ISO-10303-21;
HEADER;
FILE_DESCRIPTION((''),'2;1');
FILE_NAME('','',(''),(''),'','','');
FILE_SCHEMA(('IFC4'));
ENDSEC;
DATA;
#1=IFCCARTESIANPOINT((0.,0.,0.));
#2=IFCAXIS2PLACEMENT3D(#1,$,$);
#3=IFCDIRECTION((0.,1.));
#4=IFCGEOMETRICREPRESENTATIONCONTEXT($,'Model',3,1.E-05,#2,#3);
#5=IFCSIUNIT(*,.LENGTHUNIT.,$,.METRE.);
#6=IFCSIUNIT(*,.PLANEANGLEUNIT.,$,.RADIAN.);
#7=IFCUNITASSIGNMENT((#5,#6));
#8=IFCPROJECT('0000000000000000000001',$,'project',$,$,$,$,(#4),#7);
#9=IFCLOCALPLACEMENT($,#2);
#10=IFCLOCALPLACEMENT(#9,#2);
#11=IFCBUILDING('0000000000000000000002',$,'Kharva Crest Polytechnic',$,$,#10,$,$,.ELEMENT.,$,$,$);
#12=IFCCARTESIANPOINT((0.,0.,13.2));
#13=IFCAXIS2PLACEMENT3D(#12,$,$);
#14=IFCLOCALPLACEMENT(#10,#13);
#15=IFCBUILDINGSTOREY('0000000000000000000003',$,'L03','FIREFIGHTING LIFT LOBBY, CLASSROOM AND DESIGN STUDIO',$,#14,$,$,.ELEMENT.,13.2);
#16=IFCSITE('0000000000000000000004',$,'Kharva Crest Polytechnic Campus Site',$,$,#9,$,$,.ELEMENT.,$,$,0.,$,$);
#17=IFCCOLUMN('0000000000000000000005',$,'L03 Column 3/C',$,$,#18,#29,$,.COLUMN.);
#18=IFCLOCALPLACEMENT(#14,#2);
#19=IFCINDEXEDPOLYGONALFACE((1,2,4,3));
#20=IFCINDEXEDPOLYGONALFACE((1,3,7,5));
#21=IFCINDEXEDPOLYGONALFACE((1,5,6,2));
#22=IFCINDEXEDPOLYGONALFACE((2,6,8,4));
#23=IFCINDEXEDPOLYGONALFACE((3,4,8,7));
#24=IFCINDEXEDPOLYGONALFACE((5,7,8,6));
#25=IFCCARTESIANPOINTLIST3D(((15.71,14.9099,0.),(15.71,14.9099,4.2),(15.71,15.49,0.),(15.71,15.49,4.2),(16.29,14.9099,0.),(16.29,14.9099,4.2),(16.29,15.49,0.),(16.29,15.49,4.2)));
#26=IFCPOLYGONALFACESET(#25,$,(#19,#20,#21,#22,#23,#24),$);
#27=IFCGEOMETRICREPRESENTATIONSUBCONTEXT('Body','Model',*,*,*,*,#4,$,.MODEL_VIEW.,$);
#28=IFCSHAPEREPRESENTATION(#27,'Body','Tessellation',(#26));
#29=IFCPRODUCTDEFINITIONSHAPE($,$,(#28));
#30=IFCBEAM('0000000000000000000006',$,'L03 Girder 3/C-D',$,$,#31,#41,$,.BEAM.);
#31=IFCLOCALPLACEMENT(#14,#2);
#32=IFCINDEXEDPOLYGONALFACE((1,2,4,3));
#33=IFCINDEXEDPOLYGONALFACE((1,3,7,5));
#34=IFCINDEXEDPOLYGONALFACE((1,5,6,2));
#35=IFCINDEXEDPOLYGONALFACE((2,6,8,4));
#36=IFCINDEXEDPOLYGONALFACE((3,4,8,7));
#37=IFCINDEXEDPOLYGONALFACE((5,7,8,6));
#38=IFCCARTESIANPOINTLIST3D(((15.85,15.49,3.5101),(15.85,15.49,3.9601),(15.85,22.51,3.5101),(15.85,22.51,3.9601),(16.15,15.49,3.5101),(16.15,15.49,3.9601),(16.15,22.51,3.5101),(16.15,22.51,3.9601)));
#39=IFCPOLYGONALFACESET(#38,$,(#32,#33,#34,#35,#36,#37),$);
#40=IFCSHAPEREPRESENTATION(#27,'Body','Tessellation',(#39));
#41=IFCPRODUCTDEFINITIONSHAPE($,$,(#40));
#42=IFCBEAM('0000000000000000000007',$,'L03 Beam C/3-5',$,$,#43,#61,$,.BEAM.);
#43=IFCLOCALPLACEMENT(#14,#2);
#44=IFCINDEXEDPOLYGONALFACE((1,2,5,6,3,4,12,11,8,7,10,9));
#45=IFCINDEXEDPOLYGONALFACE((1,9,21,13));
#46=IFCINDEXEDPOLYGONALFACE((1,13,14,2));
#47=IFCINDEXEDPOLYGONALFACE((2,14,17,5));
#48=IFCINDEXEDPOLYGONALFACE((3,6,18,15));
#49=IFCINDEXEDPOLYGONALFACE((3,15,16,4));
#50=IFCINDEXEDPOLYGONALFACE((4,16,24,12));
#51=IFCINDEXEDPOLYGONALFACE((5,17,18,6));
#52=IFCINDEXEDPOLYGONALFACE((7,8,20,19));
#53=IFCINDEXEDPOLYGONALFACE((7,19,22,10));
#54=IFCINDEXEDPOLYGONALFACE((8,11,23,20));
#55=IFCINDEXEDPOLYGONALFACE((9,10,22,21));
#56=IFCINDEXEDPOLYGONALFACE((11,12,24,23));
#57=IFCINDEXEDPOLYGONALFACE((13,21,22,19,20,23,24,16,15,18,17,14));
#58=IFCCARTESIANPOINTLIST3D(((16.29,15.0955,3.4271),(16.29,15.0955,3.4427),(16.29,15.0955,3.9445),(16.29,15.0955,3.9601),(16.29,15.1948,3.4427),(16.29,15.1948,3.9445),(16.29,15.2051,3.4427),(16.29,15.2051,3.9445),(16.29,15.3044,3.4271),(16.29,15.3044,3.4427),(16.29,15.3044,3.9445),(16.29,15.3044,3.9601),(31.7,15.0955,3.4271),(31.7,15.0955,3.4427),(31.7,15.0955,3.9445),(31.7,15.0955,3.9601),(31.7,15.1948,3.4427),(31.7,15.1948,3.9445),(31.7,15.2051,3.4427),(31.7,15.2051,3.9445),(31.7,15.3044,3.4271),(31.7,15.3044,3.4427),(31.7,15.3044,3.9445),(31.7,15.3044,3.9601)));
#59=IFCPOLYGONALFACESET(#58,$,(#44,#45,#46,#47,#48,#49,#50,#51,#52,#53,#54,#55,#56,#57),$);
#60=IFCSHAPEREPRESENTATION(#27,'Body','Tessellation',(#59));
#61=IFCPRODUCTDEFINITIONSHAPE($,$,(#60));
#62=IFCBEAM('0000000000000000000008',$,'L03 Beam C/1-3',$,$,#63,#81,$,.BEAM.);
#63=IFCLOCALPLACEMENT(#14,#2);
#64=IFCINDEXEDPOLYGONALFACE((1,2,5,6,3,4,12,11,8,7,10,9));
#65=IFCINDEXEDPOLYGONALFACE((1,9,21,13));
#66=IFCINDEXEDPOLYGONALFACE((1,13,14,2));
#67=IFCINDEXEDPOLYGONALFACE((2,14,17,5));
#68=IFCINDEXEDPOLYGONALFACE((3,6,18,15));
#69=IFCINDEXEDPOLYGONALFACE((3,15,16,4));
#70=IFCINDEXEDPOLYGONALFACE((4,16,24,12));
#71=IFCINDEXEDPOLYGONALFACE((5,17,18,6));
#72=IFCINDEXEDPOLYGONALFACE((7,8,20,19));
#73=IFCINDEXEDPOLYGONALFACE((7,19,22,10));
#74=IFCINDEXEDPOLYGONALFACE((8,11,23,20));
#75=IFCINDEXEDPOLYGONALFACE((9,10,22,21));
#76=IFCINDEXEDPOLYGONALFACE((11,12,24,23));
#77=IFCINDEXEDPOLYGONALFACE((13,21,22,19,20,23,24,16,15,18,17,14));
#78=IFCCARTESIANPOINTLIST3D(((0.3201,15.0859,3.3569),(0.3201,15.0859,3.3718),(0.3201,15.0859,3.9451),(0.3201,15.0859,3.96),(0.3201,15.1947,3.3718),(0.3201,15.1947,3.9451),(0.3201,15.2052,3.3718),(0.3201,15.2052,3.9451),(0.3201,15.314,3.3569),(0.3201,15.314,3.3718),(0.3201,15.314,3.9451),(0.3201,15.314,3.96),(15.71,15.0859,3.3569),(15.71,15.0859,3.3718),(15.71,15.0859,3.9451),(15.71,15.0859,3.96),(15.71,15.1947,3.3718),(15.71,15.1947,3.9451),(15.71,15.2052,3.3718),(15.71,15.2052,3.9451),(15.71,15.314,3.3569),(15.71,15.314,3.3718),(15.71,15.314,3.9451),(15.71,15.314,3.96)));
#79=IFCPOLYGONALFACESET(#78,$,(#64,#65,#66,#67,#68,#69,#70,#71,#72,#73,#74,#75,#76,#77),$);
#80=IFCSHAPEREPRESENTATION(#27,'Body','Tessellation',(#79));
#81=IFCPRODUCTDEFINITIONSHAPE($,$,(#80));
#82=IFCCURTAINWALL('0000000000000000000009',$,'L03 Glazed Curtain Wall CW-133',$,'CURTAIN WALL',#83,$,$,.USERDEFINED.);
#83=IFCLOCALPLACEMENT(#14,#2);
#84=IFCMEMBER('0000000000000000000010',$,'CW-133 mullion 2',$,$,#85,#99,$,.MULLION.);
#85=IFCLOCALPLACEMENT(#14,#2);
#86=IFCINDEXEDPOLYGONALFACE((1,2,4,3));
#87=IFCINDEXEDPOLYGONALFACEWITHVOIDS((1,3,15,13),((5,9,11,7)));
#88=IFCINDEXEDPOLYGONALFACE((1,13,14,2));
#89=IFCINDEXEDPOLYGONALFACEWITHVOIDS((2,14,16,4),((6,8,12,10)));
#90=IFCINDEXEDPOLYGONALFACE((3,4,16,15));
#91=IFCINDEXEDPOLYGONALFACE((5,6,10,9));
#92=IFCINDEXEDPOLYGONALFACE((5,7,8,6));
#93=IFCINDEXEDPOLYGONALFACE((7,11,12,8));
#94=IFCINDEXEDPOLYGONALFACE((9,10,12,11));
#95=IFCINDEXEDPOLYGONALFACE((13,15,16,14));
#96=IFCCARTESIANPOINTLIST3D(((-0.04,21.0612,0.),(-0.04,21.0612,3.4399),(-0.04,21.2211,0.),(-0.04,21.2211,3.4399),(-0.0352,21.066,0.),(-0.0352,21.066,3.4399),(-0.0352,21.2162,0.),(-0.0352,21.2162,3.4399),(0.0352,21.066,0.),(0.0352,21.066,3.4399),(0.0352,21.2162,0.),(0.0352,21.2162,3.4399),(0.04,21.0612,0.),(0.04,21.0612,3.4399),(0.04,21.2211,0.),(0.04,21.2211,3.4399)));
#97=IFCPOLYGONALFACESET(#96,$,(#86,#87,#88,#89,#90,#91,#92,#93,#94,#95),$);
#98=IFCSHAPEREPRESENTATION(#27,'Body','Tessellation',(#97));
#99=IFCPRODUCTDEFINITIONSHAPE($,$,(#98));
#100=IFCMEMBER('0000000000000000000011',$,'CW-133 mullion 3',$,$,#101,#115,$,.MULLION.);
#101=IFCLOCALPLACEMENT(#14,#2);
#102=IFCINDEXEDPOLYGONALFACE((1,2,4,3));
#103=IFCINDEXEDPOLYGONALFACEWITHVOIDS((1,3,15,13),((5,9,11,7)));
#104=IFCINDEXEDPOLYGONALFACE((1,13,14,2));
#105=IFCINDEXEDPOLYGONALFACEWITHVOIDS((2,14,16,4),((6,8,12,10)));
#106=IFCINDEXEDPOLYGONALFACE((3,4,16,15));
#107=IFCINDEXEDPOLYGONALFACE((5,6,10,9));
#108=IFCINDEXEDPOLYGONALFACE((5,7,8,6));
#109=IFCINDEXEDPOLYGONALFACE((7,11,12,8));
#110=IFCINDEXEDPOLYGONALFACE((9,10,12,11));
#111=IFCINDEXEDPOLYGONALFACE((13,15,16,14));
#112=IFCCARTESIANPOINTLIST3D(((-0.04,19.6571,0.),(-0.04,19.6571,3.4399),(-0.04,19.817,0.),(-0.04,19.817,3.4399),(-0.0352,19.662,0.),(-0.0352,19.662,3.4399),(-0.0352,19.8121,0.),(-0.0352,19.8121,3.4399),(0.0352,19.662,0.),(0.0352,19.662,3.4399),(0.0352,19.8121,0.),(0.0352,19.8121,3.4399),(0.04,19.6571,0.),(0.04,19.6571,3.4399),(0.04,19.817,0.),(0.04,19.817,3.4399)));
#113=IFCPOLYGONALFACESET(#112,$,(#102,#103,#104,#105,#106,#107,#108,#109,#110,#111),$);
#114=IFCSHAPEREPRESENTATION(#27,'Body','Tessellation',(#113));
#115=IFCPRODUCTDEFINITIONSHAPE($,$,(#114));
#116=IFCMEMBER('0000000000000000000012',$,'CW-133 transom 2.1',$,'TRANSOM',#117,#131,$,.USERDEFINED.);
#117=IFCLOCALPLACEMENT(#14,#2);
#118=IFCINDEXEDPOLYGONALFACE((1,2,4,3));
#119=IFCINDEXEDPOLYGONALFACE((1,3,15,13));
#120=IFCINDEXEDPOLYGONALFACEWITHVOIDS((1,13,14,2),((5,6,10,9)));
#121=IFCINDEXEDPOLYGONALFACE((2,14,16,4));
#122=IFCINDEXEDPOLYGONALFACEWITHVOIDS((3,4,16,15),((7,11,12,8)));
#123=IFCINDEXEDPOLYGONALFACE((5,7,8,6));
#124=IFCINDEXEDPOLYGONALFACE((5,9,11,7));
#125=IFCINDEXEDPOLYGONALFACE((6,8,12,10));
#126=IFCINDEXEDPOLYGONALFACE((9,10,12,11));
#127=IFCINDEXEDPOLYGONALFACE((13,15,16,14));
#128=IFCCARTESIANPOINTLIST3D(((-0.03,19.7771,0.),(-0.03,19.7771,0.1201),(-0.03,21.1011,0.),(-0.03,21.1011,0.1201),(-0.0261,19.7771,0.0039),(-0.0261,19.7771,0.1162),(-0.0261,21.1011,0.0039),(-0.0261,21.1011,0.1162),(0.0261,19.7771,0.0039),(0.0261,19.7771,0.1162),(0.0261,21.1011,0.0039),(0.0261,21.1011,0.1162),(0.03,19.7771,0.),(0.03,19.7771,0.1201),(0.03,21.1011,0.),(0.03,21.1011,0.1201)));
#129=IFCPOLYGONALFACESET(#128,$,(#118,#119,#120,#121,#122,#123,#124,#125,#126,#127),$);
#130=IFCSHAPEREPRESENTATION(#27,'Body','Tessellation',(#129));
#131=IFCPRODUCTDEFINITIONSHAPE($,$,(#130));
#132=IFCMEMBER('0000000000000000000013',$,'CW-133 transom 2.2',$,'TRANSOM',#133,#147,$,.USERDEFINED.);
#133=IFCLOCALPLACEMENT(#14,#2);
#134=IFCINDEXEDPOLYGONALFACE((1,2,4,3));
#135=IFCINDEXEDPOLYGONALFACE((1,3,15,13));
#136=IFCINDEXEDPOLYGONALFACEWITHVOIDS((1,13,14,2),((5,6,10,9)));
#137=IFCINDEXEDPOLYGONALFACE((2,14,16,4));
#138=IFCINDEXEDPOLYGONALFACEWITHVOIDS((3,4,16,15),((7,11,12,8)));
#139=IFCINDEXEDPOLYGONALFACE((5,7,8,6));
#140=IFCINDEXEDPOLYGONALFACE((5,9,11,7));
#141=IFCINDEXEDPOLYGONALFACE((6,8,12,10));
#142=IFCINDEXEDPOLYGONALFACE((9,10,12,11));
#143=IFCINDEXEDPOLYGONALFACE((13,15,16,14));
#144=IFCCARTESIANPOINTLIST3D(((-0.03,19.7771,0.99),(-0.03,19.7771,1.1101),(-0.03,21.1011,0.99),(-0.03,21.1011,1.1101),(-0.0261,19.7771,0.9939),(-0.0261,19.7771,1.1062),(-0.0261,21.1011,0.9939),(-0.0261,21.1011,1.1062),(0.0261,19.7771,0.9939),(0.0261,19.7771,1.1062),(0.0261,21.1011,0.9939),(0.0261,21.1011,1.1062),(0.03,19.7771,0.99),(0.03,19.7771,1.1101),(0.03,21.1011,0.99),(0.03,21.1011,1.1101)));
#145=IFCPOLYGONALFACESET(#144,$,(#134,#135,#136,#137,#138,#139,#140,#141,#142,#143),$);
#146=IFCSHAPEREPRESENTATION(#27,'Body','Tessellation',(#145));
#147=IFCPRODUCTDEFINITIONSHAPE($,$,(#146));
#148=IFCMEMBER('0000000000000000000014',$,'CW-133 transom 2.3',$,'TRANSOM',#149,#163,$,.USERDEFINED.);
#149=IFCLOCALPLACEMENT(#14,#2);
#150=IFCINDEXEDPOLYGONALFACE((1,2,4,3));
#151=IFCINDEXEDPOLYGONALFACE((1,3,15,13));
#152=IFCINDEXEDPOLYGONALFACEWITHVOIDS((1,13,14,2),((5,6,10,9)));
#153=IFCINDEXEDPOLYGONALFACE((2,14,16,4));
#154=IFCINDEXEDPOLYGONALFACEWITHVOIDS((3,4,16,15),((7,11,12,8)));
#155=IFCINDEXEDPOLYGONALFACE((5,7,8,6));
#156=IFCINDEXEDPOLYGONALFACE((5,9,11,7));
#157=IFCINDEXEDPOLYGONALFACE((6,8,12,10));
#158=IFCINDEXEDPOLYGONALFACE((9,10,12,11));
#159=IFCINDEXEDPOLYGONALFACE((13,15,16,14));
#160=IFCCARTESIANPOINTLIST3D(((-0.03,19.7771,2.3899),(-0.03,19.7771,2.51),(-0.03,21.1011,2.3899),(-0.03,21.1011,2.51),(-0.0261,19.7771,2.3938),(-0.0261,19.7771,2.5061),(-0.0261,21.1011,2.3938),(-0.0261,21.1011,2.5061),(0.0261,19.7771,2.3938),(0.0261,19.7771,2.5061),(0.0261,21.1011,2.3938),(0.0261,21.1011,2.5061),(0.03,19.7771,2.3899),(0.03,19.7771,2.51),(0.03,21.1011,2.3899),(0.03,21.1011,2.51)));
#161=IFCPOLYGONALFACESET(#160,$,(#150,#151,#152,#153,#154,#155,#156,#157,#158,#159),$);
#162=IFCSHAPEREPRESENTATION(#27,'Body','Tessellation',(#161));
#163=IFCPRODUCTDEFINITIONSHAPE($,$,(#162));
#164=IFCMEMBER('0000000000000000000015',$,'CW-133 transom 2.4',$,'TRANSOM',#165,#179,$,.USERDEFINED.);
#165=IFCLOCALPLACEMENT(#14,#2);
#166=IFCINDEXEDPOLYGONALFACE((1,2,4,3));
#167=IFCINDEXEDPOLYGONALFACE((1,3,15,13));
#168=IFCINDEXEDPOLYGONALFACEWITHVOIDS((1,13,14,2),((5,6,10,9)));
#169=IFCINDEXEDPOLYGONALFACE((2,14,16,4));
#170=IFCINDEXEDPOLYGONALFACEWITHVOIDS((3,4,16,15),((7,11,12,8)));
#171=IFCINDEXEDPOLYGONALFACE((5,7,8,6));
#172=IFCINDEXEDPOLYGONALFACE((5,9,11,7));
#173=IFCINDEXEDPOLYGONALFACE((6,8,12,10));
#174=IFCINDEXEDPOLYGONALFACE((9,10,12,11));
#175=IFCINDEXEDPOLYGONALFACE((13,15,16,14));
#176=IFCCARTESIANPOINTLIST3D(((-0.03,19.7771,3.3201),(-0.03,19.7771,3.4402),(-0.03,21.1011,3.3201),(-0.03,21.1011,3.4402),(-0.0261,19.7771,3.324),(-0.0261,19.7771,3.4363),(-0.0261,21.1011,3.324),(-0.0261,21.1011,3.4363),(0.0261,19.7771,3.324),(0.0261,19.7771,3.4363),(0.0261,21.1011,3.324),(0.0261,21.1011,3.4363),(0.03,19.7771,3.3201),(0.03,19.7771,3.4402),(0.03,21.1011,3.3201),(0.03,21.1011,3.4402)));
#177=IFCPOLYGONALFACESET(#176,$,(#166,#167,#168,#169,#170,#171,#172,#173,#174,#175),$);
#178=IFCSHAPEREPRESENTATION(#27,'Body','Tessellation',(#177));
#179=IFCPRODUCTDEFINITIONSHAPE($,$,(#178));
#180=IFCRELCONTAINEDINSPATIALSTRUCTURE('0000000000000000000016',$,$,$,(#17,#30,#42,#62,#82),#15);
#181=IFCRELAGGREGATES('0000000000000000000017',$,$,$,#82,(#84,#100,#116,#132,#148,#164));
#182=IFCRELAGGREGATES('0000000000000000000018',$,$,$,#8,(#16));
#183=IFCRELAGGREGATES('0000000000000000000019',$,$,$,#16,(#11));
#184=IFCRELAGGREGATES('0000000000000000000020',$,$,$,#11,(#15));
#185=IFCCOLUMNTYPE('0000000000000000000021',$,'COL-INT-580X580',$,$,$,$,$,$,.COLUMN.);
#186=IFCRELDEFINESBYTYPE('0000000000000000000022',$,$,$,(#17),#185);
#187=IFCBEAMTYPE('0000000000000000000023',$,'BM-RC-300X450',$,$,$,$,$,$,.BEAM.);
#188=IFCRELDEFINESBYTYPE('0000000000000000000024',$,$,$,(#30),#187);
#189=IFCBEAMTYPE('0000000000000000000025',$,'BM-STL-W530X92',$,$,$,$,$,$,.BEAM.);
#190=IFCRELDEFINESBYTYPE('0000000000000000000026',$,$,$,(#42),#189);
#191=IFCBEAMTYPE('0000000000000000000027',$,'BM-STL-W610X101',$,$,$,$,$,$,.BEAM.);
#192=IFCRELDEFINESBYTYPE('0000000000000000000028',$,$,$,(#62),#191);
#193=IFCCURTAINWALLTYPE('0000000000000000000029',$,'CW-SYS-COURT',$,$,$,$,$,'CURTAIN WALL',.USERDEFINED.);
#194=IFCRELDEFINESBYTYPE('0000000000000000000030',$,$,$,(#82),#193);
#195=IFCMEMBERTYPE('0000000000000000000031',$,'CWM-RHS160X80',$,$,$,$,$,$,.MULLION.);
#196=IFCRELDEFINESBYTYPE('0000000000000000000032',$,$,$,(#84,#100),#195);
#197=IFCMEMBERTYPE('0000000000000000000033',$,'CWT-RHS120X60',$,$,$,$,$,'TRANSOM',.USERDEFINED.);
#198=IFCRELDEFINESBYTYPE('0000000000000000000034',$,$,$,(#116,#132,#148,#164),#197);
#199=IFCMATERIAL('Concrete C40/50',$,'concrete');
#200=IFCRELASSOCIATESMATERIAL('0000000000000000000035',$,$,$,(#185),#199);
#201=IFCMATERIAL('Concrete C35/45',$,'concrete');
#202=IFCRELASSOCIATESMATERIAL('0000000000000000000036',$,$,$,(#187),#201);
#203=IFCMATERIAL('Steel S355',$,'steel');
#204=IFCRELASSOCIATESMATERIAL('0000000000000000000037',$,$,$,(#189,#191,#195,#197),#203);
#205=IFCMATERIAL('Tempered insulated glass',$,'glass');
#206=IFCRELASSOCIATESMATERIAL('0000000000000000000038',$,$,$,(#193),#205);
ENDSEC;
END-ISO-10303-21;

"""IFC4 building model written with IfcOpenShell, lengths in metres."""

from ifc_helpers import new_model, si_unit, direction, frame, origin, origin_2d, place, context, subcontext, project, spatial, rectangle, hollow_rectangle, i_section, extrude, material, material_profile, profile_set, type_object, element, aggregate, save


model = new_model("IFC4")

# Units and contexts
model_context = context("Model", 3, precision=1e-05, world=origin(), true_north=direction((0.0, 1.0)))
body_context = subcontext(model_context, "Body", "Model", "MODEL_VIEW")
ifc_project = project(units=[si_unit("LENGTHUNIT", "METRE"), si_unit("PLANEANGLEUNIT", "RADIAN")], contexts=[model_context])

# Site, building, storey
site_placement = place(None, origin())
site = spatial("IfcSite", under=ifc_project, at=site_placement, Name="Kharva Crest Polytechnic Campus Site", CompositionType="ELEMENT", RefElevation=0.0)
building_placement = place(site_placement, origin())
building = spatial("IfcBuilding", under=site, at=building_placement, Name="Kharva Crest Polytechnic", CompositionType="ELEMENT")
storey_placement = place(building_placement, frame((0.0, 0.0, 13.2)))
storey = spatial("IfcBuildingStorey", under=building, at=storey_placement, Name="L03", Description="FIREFIGHTING LIFT LOBBY, CLASSROOM AND DESIGN STUDIO", CompositionType="ELEMENT", Elevation=13.2)

# Column
ifc_material_1 = material(Name="Concrete C40/50", Category="concrete")
ifc_material_profile_1 = material_profile(ifc_material_1, rectangle(XDim=0.5801, YDim=0.5801, at=origin_2d()), Name="RECT 580 X 580")
ifc_profile_set_1 = profile_set([ifc_material_profile_1], Name="Concrete C40/50")
column_type = type_object("IfcColumnType", Name="COL-INT-580X580", PredefinedType="COLUMN", material=ifc_profile_set_1)
column_placement = place(storey_placement, frame((16.0, 15.2, 0.0), z_axis=(0.0, 0.0, 1.0), x_axis=(1.0, 0.0, 0.0)))
element("IfcColumn", 1, at=column_placement, inside=storey, type_object=column_type, Name="L03 Column 3/C", PredefinedType="COLUMN", context=body_context, shape_type="SweptSolid", body=[
    extrude(rectangle(XDim=0.5801, YDim=0.5801, at=origin_2d()), origin(), (0.0, 0.0, 1.0), 4.2),
])

# Beams
ifc_material_2 = material(Name="Concrete C35/45", Category="concrete")
ifc_material_profile_2 = material_profile(ifc_material_2, rectangle(XDim=0.3, YDim=0.45, at=origin_2d()), Name="RECT 300 X 450")
ifc_profile_set_2 = profile_set([ifc_material_profile_2], Name="Concrete C35/45")
beam_type_1 = type_object("IfcBeamType", Name="BM-RC-300X450", PredefinedType="BEAM", material=ifc_profile_set_2)
beam_1_placement = place(storey_placement, frame((16.0, 15.49, 3.7351), z_axis=(0.0, 1.0, 0.0), x_axis=(-1.0, 0.0, 0.0)))
element("IfcBeam", 2, at=beam_1_placement, inside=storey, type_object=beam_type_1, Name="L03 Girder 3/C-D", PredefinedType="BEAM", context=body_context, shape_type="SweptSolid", body=[
    extrude(rectangle(XDim=0.3, YDim=0.45, at=origin_2d()), origin(), (0.0, 0.0, 1.0), 7.02),
])
ifc_material_3 = material(Name="Steel S355", Category="steel")
ifc_material_profile_3 = material_profile(ifc_material_3, i_section(OverallWidth=0.209, OverallDepth=0.533, WebThickness=0.0103, FlangeThickness=0.0156, at=origin_2d()), Name="W530X92")
ifc_profile_set_3 = profile_set([ifc_material_profile_3], Name="Steel S355")
beam_type_2 = type_object("IfcBeamType", Name="BM-STL-W530X92", PredefinedType="BEAM", material=ifc_profile_set_3)
beam_2_placement = place(storey_placement, frame((16.29, 15.2, 3.6936), z_axis=(1.0, 0.0, 0.0), x_axis=(0.0, 1.0, 0.0)))
element("IfcBeam", 3, at=beam_2_placement, inside=storey, type_object=beam_type_2, Name="L03 Beam C/3-5", PredefinedType="BEAM", context=body_context, shape_type="SweptSolid", body=[
    extrude(i_section(OverallWidth=0.209, OverallDepth=0.533, WebThickness=0.0103, FlangeThickness=0.0156, at=origin_2d()), origin(), (0.0, 0.0, 1.0), 15.4099),
])
ifc_material_profile_4 = material_profile(ifc_material_3, i_section(OverallWidth=0.228, OverallDepth=0.603, WebThickness=0.0105, FlangeThickness=0.0149, at=origin_2d()), Name="W610X101")
ifc_profile_set_4 = profile_set([ifc_material_profile_4], Name="Steel S355")
beam_type_3 = type_object("IfcBeamType", Name="BM-STL-W610X101", PredefinedType="BEAM", material=ifc_profile_set_4)
beam_3_placement = place(storey_placement, frame((0.3201, 15.2, 3.6584), z_axis=(1.0, 0.0, 0.0), x_axis=(0.0, 1.0, 0.0)))
element("IfcBeam", 4, at=beam_3_placement, inside=storey, type_object=beam_type_3, Name="L03 Beam C/1-3", PredefinedType="BEAM", context=body_context, shape_type="SweptSolid", body=[
    extrude(i_section(OverallWidth=0.228, OverallDepth=0.603, WebThickness=0.0105, FlangeThickness=0.0149, at=origin_2d()), origin(), (0.0, 0.0, 1.0), 15.3899),
])

# Curtain wall, members
ifc_material_4 = material(Name="Tempered insulated glass", Category="glass")
curtain_wall_type = type_object("IfcCurtainWallType", Name="CW-SYS-COURT", ElementType="CURTAIN WALL", PredefinedType="USERDEFINED", material=ifc_material_4)
curtain_wall_placement = place(storey_placement, origin())
curtain_wall = element("IfcCurtainWall", 5, at=curtain_wall_placement, inside=storey, type_object=curtain_wall_type, Name="L03 Glazed Curtain Wall CW-133", ObjectType="CURTAIN WALL", PredefinedType="USERDEFINED")
ifc_material_profile_5 = material_profile(ifc_material_3, hollow_rectangle(XDim=0.0801, YDim=0.1599, WallThickness=0.0049, at=origin_2d()), Name="RHS 160X80X5.0")
ifc_profile_set_5 = profile_set([ifc_material_profile_5], Name="Steel S355")
member_type_1 = type_object("IfcMemberType", Name="CWM-RHS160X80", PredefinedType="MULLION", material=ifc_profile_set_5)
member_1_placement = place(storey_placement, frame((0.0, 21.1411, 0.0), z_axis=(0.0, 0.0, 1.0), x_axis=(1.0, 0.0, 0.0)))
member_1 = element("IfcMember", 6, at=member_1_placement, type_object=member_type_1, Name="CW-133 mullion 2", PredefinedType="MULLION", context=body_context, shape_type="SweptSolid", body=[
    extrude(hollow_rectangle(XDim=0.0801, YDim=0.1599, WallThickness=0.0049, at=origin_2d()), origin(), (0.0, 0.0, 1.0), 3.4399),
])
member_2_placement = place(storey_placement, frame((0.0, 19.7371, 0.0), z_axis=(0.0, 0.0, 1.0), x_axis=(1.0, 0.0, 0.0)))
member_2 = element("IfcMember", 7, at=member_2_placement, type_object=member_type_1, Name="CW-133 mullion 3", PredefinedType="MULLION", context=body_context, shape_type="SweptSolid", body=[
    extrude(hollow_rectangle(XDim=0.0801, YDim=0.1599, WallThickness=0.0049, at=origin_2d()), origin(), (0.0, 0.0, 1.0), 3.4399),
])
ifc_material_profile_6 = material_profile(ifc_material_3, hollow_rectangle(XDim=0.0601, YDim=0.1201, WallThickness=0.0039, at=origin_2d()), Name="RHS 120X60X4.0")
ifc_profile_set_6 = profile_set([ifc_material_profile_6], Name="Steel S355")
member_type_2 = type_object("IfcMemberType", Name="CWT-RHS120X60", ElementType="TRANSOM", PredefinedType="USERDEFINED", material=ifc_profile_set_6)
member_3_placement = place(storey_placement, frame((0.0, 21.1011, 0.0601), z_axis=(0.0, -1.0, 0.0), x_axis=(1.0, 0.0, 0.0)))
member_3 = element("IfcMember", 8, at=member_3_placement, type_object=member_type_2, Name="CW-133 transom 2.1", ObjectType="TRANSOM", PredefinedType="USERDEFINED", context=body_context, shape_type="SweptSolid", body=[
    extrude(hollow_rectangle(XDim=0.0601, YDim=0.1201, WallThickness=0.0039, at=origin_2d()), origin(), (0.0, 0.0, 1.0), 1.324),
])
member_4_placement = place(storey_placement, frame((0.0, 21.1011, 1.05), z_axis=(0.0, -1.0, 0.0), x_axis=(1.0, 0.0, 0.0)))
member_4 = element("IfcMember", 9, at=member_4_placement, type_object=member_type_2, Name="CW-133 transom 2.2", ObjectType="TRANSOM", PredefinedType="USERDEFINED", context=body_context, shape_type="SweptSolid", body=[
    extrude(hollow_rectangle(XDim=0.0601, YDim=0.1201, WallThickness=0.0039, at=origin_2d()), origin(), (0.0, 0.0, 1.0), 1.324),
])
member_5_placement = place(storey_placement, frame((0.0, 21.1011, 2.45), z_axis=(0.0, -1.0, 0.0), x_axis=(1.0, 0.0, 0.0)))
member_5 = element("IfcMember", 10, at=member_5_placement, type_object=member_type_2, Name="CW-133 transom 2.3", ObjectType="TRANSOM", PredefinedType="USERDEFINED", context=body_context, shape_type="SweptSolid", body=[
    extrude(hollow_rectangle(XDim=0.0601, YDim=0.1201, WallThickness=0.0039, at=origin_2d()), origin(), (0.0, 0.0, 1.0), 1.324),
])
member_6_placement = place(storey_placement, frame((0.0, 21.1011, 3.3801), z_axis=(0.0, -1.0, 0.0), x_axis=(1.0, 0.0, 0.0)))
member_6 = element("IfcMember", 11, at=member_6_placement, type_object=member_type_2, Name="CW-133 transom 2.4", ObjectType="TRANSOM", PredefinedType="USERDEFINED", context=body_context, shape_type="SweptSolid", body=[
    extrude(hollow_rectangle(XDim=0.0601, YDim=0.1201, WallThickness=0.0039, at=origin_2d()), origin(), (0.0, 0.0, 1.0), 1.324),
])
aggregate(curtain_wall, [member_1, member_2, member_3, member_4, member_5, member_6])

save(model, "model.ifc")
